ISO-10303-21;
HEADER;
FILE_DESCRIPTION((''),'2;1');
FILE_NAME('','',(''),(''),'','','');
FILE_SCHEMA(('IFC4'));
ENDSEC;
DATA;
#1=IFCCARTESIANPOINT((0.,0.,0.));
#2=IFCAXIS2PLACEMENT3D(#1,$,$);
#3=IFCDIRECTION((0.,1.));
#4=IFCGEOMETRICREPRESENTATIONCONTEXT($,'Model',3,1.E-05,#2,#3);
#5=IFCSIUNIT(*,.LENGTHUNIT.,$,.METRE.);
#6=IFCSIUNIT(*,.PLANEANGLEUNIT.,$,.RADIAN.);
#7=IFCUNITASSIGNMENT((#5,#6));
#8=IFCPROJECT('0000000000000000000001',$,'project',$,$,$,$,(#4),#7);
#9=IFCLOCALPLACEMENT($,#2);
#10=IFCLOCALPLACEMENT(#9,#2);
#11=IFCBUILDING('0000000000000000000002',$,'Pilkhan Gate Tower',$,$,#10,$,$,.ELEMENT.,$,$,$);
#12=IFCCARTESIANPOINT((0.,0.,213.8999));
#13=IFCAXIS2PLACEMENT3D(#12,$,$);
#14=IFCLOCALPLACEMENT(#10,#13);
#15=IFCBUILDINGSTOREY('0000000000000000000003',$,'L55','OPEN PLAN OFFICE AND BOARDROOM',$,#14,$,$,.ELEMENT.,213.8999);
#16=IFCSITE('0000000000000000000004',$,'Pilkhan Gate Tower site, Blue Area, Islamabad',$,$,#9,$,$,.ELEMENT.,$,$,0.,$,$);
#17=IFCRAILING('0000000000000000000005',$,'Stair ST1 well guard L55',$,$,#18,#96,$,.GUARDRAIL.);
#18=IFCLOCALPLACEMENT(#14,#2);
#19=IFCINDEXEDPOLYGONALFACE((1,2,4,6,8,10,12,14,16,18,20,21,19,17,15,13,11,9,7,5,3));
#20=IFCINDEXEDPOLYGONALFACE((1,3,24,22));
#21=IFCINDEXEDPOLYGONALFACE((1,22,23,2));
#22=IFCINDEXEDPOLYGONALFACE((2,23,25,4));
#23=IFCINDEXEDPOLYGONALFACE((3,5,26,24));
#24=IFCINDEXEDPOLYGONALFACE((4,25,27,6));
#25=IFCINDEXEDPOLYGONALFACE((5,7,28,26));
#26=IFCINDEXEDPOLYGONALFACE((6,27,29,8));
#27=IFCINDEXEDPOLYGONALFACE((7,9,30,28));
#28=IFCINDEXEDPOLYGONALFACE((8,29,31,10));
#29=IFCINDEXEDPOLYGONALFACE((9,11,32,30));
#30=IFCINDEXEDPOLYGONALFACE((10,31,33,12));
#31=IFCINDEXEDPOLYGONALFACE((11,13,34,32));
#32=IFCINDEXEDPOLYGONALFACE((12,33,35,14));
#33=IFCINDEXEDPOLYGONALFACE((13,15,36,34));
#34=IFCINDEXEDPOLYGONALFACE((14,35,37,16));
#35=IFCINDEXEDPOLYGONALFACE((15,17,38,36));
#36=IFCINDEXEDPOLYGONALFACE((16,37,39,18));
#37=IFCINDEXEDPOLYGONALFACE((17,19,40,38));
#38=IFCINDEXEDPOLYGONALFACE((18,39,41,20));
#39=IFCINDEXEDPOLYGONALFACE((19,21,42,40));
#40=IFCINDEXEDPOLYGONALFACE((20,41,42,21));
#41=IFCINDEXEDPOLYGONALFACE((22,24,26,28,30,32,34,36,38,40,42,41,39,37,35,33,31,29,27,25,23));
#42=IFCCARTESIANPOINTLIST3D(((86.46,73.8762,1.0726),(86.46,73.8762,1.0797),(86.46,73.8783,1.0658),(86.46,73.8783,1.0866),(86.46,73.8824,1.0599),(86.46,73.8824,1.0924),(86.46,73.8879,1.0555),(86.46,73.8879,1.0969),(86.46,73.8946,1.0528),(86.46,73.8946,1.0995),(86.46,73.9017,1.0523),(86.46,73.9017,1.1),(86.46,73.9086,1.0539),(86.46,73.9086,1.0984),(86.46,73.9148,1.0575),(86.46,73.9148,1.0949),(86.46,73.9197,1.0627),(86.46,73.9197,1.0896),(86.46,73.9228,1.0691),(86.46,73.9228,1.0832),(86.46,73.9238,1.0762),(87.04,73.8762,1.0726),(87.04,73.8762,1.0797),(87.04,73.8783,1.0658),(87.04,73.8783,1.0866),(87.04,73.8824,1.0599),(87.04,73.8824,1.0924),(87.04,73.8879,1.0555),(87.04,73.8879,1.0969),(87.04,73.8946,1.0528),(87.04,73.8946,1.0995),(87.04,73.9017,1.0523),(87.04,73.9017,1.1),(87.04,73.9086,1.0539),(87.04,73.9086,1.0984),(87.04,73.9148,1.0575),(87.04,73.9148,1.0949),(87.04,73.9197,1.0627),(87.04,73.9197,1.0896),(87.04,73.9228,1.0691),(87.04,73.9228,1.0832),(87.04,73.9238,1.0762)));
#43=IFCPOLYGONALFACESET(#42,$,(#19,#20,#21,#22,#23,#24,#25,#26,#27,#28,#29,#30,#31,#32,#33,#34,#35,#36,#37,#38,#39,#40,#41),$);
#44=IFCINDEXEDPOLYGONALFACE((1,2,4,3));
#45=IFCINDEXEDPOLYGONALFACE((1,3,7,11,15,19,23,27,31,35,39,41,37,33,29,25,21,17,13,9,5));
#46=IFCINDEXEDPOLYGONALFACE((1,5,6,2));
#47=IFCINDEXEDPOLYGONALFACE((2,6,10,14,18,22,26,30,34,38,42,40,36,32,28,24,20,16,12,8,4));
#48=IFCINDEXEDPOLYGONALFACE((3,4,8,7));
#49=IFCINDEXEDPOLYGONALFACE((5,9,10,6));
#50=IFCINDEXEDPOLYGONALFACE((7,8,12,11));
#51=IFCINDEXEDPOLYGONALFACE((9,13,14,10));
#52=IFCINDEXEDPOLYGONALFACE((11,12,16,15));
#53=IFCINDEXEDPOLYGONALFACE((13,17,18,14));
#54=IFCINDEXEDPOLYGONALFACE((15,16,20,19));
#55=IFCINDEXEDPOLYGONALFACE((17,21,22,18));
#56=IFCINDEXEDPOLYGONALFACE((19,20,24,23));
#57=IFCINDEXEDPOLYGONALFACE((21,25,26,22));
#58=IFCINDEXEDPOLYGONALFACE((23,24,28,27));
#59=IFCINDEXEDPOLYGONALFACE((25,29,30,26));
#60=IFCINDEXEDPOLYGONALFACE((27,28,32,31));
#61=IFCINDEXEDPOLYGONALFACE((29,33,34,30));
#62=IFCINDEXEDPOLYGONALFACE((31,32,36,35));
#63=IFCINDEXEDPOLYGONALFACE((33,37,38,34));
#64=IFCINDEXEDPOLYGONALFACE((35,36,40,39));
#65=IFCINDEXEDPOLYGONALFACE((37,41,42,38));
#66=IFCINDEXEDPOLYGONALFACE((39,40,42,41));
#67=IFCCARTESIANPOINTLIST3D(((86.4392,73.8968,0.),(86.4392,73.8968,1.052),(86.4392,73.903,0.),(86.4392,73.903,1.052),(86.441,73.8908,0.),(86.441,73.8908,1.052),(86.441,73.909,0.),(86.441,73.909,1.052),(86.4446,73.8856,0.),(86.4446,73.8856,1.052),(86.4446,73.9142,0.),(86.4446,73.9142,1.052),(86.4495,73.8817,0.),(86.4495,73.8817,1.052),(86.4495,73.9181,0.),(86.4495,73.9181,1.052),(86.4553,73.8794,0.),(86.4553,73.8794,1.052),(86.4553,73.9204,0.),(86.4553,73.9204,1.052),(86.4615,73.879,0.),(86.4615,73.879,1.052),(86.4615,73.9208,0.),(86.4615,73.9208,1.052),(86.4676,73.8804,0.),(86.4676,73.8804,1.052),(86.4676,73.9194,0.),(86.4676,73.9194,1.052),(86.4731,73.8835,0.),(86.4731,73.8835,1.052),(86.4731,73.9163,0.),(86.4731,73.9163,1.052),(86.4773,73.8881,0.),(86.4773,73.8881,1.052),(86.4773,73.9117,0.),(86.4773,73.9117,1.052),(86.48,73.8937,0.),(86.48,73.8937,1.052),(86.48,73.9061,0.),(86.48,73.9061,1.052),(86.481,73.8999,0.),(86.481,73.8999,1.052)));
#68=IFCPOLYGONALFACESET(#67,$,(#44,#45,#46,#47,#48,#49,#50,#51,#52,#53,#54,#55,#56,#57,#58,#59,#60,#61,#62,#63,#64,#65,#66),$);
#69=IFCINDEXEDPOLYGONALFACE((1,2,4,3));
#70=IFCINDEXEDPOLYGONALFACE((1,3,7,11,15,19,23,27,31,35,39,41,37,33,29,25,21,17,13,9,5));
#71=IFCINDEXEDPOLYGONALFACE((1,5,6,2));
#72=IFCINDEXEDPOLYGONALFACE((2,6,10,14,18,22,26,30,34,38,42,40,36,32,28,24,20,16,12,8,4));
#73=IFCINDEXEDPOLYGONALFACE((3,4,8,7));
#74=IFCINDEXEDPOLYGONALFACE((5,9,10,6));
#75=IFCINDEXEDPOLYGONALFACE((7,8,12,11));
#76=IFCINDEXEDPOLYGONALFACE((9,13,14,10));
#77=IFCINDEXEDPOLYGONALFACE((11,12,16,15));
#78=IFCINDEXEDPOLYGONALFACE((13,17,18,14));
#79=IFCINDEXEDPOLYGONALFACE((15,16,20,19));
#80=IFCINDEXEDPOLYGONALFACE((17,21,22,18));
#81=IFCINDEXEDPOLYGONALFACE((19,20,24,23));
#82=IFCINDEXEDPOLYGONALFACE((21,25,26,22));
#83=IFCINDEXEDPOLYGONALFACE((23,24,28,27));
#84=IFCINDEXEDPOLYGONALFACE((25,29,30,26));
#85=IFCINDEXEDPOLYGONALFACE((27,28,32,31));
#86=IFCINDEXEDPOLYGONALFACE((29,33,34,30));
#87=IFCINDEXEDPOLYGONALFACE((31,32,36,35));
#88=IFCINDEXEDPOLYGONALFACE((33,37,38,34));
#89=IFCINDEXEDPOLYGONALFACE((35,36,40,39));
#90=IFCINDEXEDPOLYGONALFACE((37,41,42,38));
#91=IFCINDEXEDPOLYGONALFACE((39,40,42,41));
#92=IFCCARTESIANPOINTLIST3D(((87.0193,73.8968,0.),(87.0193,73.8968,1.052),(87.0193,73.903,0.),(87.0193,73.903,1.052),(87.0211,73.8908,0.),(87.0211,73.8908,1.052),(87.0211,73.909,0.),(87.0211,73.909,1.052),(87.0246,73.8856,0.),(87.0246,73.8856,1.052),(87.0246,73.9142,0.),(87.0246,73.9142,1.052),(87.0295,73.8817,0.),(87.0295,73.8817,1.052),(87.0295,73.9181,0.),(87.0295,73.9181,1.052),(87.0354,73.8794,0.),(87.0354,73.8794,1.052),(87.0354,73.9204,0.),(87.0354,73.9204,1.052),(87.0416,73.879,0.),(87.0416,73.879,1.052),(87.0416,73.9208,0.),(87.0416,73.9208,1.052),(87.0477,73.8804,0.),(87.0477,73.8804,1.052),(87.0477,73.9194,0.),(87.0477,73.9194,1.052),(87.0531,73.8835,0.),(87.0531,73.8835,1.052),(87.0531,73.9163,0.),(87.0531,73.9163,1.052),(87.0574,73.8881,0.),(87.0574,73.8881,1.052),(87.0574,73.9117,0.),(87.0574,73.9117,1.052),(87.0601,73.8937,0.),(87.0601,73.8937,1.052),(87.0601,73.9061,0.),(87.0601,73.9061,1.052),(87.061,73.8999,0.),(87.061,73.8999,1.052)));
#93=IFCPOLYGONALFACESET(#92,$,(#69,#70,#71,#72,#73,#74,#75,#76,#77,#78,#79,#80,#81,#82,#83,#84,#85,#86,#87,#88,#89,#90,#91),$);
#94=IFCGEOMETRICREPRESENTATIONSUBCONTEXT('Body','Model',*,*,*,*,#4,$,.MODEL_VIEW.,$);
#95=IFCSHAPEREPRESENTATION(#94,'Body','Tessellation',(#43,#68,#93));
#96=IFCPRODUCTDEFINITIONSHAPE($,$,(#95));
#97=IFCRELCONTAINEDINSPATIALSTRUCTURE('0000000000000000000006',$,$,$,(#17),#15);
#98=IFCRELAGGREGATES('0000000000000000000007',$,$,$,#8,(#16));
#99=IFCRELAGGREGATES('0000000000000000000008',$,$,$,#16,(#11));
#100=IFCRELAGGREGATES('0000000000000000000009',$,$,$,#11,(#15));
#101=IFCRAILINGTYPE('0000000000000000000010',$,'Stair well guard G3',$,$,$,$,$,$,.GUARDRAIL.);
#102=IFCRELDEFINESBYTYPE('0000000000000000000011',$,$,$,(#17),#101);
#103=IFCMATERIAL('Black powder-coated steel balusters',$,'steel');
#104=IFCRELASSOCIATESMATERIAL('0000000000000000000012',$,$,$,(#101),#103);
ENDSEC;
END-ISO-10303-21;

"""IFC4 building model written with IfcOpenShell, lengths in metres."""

from ifc_helpers import new_model, si_unit, direction, frame, origin, origin_2d, place, context, subcontext, project, spatial, circle, extrude, material, type_object, element, save


model = new_model("IFC4")

# Units and contexts
model_context = context("Model", 3, precision=1e-05, world=origin(), true_north=direction((0.0, 1.0)))
body_context = subcontext(model_context, "Body", "Model", "MODEL_VIEW")
ifc_project = project(units=[si_unit("LENGTHUNIT", "METRE"), si_unit("PLANEANGLEUNIT", "RADIAN")], contexts=[model_context])

# Site, building, storey
site_placement = place(None, origin())
site = spatial("IfcSite", under=ifc_project, at=site_placement, Name="Pilkhan Gate Tower site, Blue Area, Islamabad", CompositionType="ELEMENT", RefElevation=0.0)
building_placement = place(site_placement, origin())
building = spatial("IfcBuilding", under=site, at=building_placement, Name="Pilkhan Gate Tower", CompositionType="ELEMENT")
storey_placement = place(building_placement, frame((0.0, 0.0, 213.8999)))
storey = spatial("IfcBuildingStorey", under=building, at=storey_placement, Name="L55", Description="OPEN PLAN OFFICE AND BOARDROOM", CompositionType="ELEMENT", Elevation=213.8999)

# Railing
ifc_material_1 = material(Name="Black powder-coated steel balusters", Category="steel")
railing_type_1 = type_object("IfcRailingType", Name="Stair well guard G3", PredefinedType="GUARDRAIL", material=ifc_material_1)
railing_1_placement = place(storey_placement, frame((86.46, 73.8999, 0.0)))
element("IfcRailing", 1, at=railing_1_placement, inside=storey, type_object=railing_type_1, Name="Stair ST1 well guard L55", PredefinedType="GUARDRAIL", context=body_context, shape_type="SweptSolid", body=[
    extrude(circle(Radius=0.0239, at=origin_2d()), frame((0.0, 0.0, 1.0762), z_axis=(1.0, 0.0, 0.0), x_axis=(0.0, 1.0, 0.0)), (0.0, 0.0, 1.0), 0.5801),
    extrude(circle(Radius=0.021, at=origin_2d()), origin(), (0.0, 0.0, 1.0), 1.052),
    extrude(circle(Radius=0.021, at=origin_2d()), frame((0.5801, 0.0, 0.0)), (0.0, 0.0, 1.0), 1.052),
])

save(model, "model.ifc")
